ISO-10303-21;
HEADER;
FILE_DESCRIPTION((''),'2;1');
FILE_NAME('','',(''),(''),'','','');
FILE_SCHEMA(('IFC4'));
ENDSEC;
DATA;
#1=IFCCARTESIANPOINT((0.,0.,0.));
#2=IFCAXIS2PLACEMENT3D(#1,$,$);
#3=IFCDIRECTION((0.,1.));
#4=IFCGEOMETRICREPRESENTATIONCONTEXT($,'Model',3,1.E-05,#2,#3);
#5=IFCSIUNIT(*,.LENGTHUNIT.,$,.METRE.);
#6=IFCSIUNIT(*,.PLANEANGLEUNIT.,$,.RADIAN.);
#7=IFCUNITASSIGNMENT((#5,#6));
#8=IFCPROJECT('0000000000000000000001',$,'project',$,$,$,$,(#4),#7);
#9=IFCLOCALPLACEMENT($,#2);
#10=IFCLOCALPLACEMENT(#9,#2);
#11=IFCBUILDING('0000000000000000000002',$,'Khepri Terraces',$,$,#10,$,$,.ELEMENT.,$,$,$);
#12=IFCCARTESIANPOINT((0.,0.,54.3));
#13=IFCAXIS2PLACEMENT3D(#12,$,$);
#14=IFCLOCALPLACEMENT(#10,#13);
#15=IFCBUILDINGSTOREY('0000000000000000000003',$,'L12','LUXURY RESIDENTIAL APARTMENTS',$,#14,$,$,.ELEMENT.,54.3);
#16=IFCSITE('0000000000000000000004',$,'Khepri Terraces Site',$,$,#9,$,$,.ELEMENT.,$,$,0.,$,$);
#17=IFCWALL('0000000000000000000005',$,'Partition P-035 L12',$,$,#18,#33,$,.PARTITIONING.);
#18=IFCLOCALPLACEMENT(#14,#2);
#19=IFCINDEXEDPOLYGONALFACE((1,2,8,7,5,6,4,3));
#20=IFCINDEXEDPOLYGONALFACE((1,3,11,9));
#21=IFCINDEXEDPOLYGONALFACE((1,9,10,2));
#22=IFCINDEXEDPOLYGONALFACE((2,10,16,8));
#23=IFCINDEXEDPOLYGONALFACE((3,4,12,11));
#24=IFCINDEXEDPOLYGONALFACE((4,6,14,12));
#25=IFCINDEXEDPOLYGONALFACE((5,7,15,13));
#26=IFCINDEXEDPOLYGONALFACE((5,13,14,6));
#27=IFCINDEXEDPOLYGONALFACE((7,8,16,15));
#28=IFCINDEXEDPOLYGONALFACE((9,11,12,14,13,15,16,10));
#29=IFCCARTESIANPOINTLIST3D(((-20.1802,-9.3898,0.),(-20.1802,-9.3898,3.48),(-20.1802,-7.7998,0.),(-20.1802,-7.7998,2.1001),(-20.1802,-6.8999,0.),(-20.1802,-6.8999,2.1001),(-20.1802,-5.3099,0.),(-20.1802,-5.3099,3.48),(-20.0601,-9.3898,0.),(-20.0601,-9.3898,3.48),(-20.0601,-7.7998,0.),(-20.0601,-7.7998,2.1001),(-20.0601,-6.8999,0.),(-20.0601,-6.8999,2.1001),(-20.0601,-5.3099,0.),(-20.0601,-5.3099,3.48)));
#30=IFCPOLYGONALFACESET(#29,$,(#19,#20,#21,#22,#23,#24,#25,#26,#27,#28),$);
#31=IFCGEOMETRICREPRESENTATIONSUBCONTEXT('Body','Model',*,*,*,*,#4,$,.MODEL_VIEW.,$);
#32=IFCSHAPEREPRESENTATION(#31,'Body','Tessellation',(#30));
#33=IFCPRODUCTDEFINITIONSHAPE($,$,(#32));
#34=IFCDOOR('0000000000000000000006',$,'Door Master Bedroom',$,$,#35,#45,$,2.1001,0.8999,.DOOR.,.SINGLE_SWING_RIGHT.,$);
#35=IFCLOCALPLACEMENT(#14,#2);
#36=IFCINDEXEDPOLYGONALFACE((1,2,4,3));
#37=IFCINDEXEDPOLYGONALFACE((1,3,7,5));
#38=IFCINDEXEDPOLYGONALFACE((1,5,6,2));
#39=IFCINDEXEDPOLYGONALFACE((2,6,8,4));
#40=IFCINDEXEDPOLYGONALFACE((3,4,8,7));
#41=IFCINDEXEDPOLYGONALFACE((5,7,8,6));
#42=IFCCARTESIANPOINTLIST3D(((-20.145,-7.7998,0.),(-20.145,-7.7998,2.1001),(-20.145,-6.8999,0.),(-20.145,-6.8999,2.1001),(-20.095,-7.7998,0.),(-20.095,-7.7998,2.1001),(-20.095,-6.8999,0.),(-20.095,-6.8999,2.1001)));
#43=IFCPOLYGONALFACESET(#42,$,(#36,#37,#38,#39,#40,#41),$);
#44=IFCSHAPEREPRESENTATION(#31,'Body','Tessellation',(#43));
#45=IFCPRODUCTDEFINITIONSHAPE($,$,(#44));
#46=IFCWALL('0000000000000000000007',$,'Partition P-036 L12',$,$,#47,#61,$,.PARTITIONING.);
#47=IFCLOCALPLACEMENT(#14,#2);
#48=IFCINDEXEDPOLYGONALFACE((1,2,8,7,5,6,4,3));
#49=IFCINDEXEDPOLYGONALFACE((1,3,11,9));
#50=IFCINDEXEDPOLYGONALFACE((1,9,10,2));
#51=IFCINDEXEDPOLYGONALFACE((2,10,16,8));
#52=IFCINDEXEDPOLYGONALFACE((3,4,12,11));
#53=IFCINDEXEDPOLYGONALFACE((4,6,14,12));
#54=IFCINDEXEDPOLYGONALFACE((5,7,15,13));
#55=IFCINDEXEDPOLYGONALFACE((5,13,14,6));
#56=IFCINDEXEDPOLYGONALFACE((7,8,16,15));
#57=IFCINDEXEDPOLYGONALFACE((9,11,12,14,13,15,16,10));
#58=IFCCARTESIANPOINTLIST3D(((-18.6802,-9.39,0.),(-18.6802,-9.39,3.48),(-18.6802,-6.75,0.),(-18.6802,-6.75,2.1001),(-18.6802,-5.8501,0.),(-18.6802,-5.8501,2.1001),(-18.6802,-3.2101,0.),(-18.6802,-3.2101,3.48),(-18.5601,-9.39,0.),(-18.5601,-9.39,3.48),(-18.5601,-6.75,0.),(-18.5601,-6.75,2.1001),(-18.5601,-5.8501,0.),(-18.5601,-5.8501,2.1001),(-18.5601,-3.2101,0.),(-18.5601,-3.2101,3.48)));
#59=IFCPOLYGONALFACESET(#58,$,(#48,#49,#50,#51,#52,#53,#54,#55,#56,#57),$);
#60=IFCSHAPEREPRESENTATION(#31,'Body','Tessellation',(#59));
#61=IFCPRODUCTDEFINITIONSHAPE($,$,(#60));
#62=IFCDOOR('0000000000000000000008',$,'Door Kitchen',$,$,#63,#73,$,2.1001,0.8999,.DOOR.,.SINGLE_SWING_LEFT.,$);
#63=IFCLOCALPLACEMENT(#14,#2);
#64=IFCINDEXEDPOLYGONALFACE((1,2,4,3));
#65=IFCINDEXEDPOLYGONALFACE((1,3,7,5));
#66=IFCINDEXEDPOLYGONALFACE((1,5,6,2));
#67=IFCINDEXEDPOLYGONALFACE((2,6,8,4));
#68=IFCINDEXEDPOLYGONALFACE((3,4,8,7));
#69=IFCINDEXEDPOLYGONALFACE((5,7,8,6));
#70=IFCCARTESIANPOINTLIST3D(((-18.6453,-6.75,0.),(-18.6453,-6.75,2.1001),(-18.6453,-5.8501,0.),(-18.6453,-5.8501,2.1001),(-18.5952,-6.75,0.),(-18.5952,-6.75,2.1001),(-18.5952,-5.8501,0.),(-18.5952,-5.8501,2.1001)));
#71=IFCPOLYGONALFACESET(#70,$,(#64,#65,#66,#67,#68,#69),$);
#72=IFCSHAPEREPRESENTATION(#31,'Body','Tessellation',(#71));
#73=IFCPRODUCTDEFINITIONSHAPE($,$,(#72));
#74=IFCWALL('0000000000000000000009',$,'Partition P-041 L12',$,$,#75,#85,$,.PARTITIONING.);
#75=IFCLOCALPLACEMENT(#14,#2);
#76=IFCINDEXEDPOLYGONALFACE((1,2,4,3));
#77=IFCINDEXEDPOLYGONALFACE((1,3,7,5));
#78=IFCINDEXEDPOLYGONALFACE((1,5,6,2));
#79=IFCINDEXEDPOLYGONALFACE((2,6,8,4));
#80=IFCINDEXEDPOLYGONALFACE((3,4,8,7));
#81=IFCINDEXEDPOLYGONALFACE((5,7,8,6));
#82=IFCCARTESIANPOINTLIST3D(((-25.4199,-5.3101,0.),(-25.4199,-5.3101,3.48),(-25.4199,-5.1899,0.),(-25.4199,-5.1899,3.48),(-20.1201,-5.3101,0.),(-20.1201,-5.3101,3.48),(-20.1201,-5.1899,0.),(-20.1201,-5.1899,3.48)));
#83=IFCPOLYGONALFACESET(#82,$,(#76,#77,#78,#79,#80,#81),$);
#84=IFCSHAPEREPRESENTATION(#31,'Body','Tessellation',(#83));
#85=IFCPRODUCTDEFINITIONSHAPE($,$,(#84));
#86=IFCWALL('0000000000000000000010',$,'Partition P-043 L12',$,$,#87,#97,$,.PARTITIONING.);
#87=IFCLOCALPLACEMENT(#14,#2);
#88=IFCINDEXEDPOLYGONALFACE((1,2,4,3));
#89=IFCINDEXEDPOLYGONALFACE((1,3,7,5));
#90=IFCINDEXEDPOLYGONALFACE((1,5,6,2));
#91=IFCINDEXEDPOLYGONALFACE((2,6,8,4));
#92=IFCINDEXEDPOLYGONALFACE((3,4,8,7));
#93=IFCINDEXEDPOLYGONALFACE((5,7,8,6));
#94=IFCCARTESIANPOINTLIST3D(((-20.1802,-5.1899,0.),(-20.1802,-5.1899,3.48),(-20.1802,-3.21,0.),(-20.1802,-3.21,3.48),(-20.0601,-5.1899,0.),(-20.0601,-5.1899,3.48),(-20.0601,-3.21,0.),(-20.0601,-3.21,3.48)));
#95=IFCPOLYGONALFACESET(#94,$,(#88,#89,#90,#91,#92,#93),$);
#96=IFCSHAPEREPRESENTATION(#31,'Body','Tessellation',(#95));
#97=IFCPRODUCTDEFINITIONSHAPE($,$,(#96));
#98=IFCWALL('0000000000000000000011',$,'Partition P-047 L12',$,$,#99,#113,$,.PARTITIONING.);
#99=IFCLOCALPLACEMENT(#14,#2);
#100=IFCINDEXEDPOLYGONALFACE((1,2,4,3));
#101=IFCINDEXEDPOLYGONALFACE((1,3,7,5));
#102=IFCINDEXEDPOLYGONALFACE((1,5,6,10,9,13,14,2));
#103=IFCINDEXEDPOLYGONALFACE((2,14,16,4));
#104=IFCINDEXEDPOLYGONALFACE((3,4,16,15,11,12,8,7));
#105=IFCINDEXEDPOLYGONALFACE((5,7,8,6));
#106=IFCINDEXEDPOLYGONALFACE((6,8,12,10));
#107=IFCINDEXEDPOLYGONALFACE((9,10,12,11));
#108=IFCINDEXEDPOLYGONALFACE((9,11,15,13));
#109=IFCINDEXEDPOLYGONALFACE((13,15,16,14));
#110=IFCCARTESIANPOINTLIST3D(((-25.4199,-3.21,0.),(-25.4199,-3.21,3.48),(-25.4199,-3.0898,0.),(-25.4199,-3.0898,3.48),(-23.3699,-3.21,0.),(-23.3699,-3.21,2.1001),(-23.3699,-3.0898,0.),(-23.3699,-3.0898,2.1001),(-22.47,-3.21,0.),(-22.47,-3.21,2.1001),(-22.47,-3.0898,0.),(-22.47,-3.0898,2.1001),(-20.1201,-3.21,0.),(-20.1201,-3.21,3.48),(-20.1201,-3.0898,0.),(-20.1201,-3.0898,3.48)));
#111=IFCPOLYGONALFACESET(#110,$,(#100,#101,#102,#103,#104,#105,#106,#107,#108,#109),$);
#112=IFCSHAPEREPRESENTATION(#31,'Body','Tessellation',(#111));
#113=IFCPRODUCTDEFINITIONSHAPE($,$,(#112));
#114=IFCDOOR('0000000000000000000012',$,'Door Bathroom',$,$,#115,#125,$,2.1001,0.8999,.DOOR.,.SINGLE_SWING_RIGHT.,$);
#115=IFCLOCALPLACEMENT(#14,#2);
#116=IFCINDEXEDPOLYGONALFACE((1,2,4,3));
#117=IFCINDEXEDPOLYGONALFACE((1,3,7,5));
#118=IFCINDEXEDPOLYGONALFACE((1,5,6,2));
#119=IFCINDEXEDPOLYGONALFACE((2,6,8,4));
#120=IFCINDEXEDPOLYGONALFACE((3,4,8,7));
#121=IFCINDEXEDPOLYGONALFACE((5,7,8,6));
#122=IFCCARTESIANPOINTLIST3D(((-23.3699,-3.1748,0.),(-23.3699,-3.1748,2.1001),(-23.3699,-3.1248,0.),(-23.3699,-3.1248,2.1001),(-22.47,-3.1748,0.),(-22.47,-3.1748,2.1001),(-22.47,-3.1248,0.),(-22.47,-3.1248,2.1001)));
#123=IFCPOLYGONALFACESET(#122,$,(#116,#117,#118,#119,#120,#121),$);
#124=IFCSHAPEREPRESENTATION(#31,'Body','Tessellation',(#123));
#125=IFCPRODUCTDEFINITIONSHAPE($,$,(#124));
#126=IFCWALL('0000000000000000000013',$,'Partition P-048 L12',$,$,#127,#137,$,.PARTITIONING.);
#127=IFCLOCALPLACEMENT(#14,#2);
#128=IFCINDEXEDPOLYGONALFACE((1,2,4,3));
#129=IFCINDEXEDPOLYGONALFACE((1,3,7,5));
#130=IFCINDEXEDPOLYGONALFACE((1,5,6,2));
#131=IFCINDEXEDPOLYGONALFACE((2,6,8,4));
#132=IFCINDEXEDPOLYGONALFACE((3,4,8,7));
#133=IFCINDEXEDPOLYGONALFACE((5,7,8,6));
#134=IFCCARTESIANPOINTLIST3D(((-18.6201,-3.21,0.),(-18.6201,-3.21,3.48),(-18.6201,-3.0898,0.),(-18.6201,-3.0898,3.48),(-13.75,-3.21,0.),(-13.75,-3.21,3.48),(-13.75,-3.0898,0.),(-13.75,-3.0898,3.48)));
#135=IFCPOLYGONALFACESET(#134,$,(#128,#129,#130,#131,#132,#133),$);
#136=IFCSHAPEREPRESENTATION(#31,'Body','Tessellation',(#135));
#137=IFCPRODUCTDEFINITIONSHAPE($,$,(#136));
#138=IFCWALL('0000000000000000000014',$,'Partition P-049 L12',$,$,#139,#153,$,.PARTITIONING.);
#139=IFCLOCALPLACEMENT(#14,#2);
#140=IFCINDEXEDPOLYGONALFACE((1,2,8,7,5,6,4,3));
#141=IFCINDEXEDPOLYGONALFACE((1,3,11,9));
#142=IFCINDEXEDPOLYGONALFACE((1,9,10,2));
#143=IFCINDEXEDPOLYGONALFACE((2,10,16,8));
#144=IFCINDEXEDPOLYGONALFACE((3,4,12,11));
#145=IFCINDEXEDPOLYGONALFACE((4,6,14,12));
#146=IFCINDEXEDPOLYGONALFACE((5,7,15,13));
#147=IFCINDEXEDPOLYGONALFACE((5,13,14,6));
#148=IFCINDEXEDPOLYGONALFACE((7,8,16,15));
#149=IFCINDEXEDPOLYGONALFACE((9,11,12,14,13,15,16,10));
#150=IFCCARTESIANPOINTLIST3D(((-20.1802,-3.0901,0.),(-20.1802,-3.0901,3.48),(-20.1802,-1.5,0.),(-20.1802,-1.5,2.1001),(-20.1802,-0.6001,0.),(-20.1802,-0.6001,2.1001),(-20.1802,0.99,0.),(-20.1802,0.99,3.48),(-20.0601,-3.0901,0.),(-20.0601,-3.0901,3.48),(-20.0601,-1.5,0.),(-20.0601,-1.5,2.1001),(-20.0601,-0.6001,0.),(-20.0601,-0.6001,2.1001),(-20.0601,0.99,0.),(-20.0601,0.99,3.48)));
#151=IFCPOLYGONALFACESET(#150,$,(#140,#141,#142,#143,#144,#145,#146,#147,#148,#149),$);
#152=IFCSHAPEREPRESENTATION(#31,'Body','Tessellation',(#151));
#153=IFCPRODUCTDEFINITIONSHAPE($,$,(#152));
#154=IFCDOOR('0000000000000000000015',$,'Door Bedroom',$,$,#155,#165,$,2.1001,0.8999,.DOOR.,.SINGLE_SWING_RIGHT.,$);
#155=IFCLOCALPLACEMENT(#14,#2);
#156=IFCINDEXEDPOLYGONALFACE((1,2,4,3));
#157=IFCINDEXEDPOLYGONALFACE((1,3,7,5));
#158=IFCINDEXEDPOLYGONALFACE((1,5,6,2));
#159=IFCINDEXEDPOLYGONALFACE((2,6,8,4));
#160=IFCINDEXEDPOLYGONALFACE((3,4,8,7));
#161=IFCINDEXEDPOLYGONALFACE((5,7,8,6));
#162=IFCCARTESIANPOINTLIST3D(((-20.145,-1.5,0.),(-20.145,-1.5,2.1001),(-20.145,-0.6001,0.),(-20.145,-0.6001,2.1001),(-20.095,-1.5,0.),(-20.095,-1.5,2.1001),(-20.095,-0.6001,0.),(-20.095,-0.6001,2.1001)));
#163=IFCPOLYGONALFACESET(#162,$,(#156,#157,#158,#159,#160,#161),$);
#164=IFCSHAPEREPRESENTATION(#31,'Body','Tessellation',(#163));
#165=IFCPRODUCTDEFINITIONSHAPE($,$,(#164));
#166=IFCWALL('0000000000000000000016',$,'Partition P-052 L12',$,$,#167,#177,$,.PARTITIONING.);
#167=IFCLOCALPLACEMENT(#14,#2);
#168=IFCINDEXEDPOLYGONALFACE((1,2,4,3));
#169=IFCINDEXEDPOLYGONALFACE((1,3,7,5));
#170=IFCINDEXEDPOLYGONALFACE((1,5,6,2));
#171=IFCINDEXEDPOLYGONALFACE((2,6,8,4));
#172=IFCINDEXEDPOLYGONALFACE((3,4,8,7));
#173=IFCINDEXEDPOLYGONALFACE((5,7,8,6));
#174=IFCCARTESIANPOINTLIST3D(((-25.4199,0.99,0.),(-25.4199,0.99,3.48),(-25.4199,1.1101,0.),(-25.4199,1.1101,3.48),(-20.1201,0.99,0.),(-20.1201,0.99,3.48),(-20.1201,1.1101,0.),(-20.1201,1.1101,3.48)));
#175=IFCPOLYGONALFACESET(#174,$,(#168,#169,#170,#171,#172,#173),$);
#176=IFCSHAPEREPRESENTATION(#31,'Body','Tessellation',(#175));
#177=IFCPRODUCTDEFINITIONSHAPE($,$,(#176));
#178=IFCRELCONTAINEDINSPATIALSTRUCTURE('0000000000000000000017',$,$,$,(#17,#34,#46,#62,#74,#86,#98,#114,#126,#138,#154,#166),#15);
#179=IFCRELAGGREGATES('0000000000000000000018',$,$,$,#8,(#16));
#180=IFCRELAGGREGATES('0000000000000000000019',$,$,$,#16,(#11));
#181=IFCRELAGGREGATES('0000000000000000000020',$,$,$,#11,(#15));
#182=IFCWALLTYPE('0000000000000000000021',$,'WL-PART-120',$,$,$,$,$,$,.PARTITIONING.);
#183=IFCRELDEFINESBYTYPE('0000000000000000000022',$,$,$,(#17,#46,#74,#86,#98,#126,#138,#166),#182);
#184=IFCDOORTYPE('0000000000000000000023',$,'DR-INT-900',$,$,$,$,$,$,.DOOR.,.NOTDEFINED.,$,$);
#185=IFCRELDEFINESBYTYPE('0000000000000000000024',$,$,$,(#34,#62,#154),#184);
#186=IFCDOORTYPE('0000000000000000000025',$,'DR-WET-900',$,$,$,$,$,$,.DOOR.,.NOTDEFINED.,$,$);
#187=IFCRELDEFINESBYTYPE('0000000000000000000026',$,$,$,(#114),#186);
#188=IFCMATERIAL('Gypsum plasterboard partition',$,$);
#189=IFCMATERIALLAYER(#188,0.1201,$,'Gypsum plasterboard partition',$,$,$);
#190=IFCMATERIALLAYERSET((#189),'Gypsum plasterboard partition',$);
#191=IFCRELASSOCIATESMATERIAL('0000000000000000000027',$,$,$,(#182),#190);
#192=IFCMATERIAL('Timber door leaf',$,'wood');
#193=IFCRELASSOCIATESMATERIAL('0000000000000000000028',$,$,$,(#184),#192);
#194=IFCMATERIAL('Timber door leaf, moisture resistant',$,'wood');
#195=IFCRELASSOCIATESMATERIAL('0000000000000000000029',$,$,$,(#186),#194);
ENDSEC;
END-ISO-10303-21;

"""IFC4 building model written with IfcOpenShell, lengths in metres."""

from ifc_helpers import new_model, si_unit, direction, frame, frame_2d, origin, place, context, subcontext, project, spatial, rectangle, extrude, material, layer, layer_set, type_object, element, fill, save


model = new_model("IFC4")

# Units and contexts
model_context = context("Model", 3, precision=1e-05, world=origin(), true_north=direction((0.0, 1.0)))
body_context = subcontext(model_context, "Body", "Model", "MODEL_VIEW")
ifc_project = project(units=[si_unit("LENGTHUNIT", "METRE"), si_unit("PLANEANGLEUNIT", "RADIAN")], contexts=[model_context])

# Site, building, storey
site_placement = place(None, origin())
site = spatial("IfcSite", under=ifc_project, at=site_placement, Name="Khepri Terraces Site", CompositionType="ELEMENT", RefElevation=0.0)
building_placement = place(site_placement, origin())
building = spatial("IfcBuilding", under=site, at=building_placement, Name="Khepri Terraces", CompositionType="ELEMENT")
storey_placement = place(building_placement, frame((0.0, 0.0, 54.3)))
storey = spatial("IfcBuildingStorey", under=building, at=storey_placement, Name="L12", Description="LUXURY RESIDENTIAL APARTMENTS", CompositionType="ELEMENT", Elevation=54.3)

# Shared definitions
ifc_material_1 = material(Name="Gypsum plasterboard partition")
ifc_layer_1 = layer(ifc_material_1, 0.1201, Name="Gypsum plasterboard partition")
ifc_layer_set_1 = layer_set([ifc_layer_1], Name="Gypsum plasterboard partition")
wall_type_1 = type_object("IfcWallType", Name="WL-PART-120", PredefinedType="PARTITIONING", material=ifc_layer_set_1)
ifc_material_2 = material(Name="Timber door leaf", Category="wood")
door_type_1 = type_object("IfcDoorType", Name="DR-INT-900", OperationType="NOTDEFINED", PredefinedType="DOOR", material=ifc_material_2)

# Walls, openings, doors
wall_1_placement = place(storey_placement, frame((-20.1201, -9.3899, 0.0), z_axis=(0.0, 0.0, 1.0), x_axis=(0.0, 1.0, 0.0)))
wall_1 = element("IfcWall", 1, at=wall_1_placement, inside=storey, type_object=wall_type_1, Name="Partition P-035 L12", PredefinedType="PARTITIONING", context=body_context, shape_type="SweptSolid", body=[
    extrude(rectangle(XDim=4.0798, YDim=0.1201, at=frame_2d((2.04, 0.0))), origin(), (0.0, 0.0, 1.0), 3.48),
])
opening_1_placement = place(wall_1_placement, frame((1.5901, 0.0, 0.0)))
opening_1 = element("IfcOpeningElement", 2, at=opening_1_placement, cuts=wall_1, PredefinedType="OPENING", context=body_context, shape_type="SweptSolid", body=[
    extrude(rectangle(XDim=0.8999, YDim=2.1001, at=frame_2d((0.45, 1.05))), frame((0.0, 0.0701, 0.0), z_axis=(0.0, -1.0, 0.0), x_axis=(1.0, 0.0, 0.0)), (0.0, 0.0, 1.0), 0.1401),
])
door_1_placement = place(opening_1_placement, origin())
door_1 = element("IfcDoor", 3, at=door_1_placement, inside=storey, type_object=door_type_1, Name="Door Master Bedroom", OperationType="SINGLE_SWING_RIGHT", OverallHeight=2.1001, OverallWidth=0.8999, PredefinedType="DOOR", context=body_context, shape_type="SweptSolid", body=[
    extrude(rectangle(XDim=0.8999, YDim=2.1001, at=frame_2d((0.45, 1.05))), frame((0.0, 0.0249, 0.0), z_axis=(0.0, -1.0, 0.0), x_axis=(1.0, 0.0, 0.0)), (0.0, 0.0, 1.0), 0.05),
])
fill(opening_1, door_1)
wall_2_placement = place(storey_placement, frame((-18.6201, -9.3899, 0.0), z_axis=(0.0, 0.0, 1.0), x_axis=(0.0, 1.0, 0.0)))
wall_2 = element("IfcWall", 4, at=wall_2_placement, inside=storey, type_object=wall_type_1, Name="Partition P-036 L12", PredefinedType="PARTITIONING", context=body_context, shape_type="SweptSolid", body=[
    extrude(rectangle(XDim=6.1799, YDim=0.1201, at=frame_2d((3.0898, 0.0))), origin(), (0.0, 0.0, 1.0), 3.48),
])
opening_2_placement = place(wall_2_placement, frame((2.6399, 0.0, 0.0)))
opening_2 = element("IfcOpeningElement", 5, at=opening_2_placement, cuts=wall_2, PredefinedType="OPENING", context=body_context, shape_type="SweptSolid", body=[
    extrude(rectangle(XDim=0.8999, YDim=2.1001, at=frame_2d((0.45, 1.05))), frame((0.0, 0.0701, 0.0), z_axis=(0.0, -1.0, 0.0), x_axis=(1.0, 0.0, 0.0)), (0.0, 0.0, 1.0), 0.1401),
])
door_2_placement = place(opening_2_placement, frame((0.8999, 0.0, 0.0), z_axis=(0.0, 0.0, 1.0), x_axis=(-1.0, 0.0, 0.0)))
door_2 = element("IfcDoor", 6, at=door_2_placement, inside=storey, type_object=door_type_1, Name="Door Kitchen", OperationType="SINGLE_SWING_LEFT", OverallHeight=2.1001, OverallWidth=0.8999, PredefinedType="DOOR", context=body_context, shape_type="SweptSolid", body=[
    extrude(rectangle(XDim=0.8999, YDim=2.1001, at=frame_2d((0.45, 1.05))), frame((0.0, 0.0249, 0.0), z_axis=(0.0, -1.0, 0.0), x_axis=(1.0, 0.0, 0.0)), (0.0, 0.0, 1.0), 0.05),
])
fill(opening_2, door_2)

# Walls
wall_3_placement = place(storey_placement, frame((-25.4199, -5.25, 0.0), z_axis=(0.0, 0.0, 1.0), x_axis=(1.0, 0.0, 0.0)))
element("IfcWall", 7, at=wall_3_placement, inside=storey, type_object=wall_type_1, Name="Partition P-041 L12", PredefinedType="PARTITIONING", context=body_context, shape_type="SweptSolid", body=[
    extrude(rectangle(XDim=5.2998, YDim=0.1201, at=frame_2d((2.6499, 0.0))), origin(), (0.0, 0.0, 1.0), 3.48),
])
wall_4_placement = place(storey_placement, frame((-20.1201, -5.1899, 0.0), z_axis=(0.0, 0.0, 1.0), x_axis=(0.0, 1.0, 0.0)))
element("IfcWall", 8, at=wall_4_placement, inside=storey, type_object=wall_type_1, Name="Partition P-043 L12", PredefinedType="PARTITIONING", context=body_context, shape_type="SweptSolid", body=[
    extrude(rectangle(XDim=1.98, YDim=0.1201, at=frame_2d((0.99, 0.0))), origin(), (0.0, 0.0, 1.0), 3.48),
])

# Wall, opening, door
wall_5_placement = place(storey_placement, frame((-25.4199, -3.1499, 0.0), z_axis=(0.0, 0.0, 1.0), x_axis=(1.0, 0.0, 0.0)))
wall_5 = element("IfcWall", 9, at=wall_5_placement, inside=storey, type_object=wall_type_1, Name="Partition P-047 L12", PredefinedType="PARTITIONING", context=body_context, shape_type="SweptSolid", body=[
    extrude(rectangle(XDim=5.2998, YDim=0.1201, at=frame_2d((2.6499, 0.0))), origin(), (0.0, 0.0, 1.0), 3.48),
])
opening_3_placement = place(wall_5_placement, frame((2.05, 0.0, 0.0)))
opening_3 = element("IfcOpeningElement", 10, at=opening_3_placement, cuts=wall_5, PredefinedType="OPENING", context=body_context, shape_type="SweptSolid", body=[
    extrude(rectangle(XDim=0.8999, YDim=2.1001, at=frame_2d((0.45, 1.05))), frame((0.0, 0.0701, 0.0), z_axis=(0.0, -1.0, 0.0), x_axis=(1.0, 0.0, 0.0)), (0.0, 0.0, 1.0), 0.1401),
])
ifc_material_3 = material(Name="Timber door leaf, moisture resistant", Category="wood")
door_type_2 = type_object("IfcDoorType", Name="DR-WET-900", OperationType="NOTDEFINED", PredefinedType="DOOR", material=ifc_material_3)
door_3_placement = place(opening_3_placement, frame((0.8999, 0.0, 0.0), z_axis=(0.0, 0.0, 1.0), x_axis=(-1.0, 0.0, 0.0)))
door_3 = element("IfcDoor", 11, at=door_3_placement, inside=storey, type_object=door_type_2, Name="Door Bathroom", OperationType="SINGLE_SWING_RIGHT", OverallHeight=2.1001, OverallWidth=0.8999, PredefinedType="DOOR", context=body_context, shape_type="SweptSolid", body=[
    extrude(rectangle(XDim=0.8999, YDim=2.1001, at=frame_2d((0.45, 1.05))), frame((0.0, 0.0249, 0.0), z_axis=(0.0, -1.0, 0.0), x_axis=(1.0, 0.0, 0.0)), (0.0, 0.0, 1.0), 0.05),
])
fill(opening_3, door_3)

# Wall
wall_6_placement = place(storey_placement, frame((-18.6201, -3.1499, 0.0), z_axis=(0.0, 0.0, 1.0), x_axis=(1.0, 0.0, 0.0)))
element("IfcWall", 12, at=wall_6_placement, inside=storey, type_object=wall_type_1, Name="Partition P-048 L12", PredefinedType="PARTITIONING", context=body_context, shape_type="SweptSolid", body=[
    extrude(rectangle(XDim=4.8701, YDim=0.1201, at=frame_2d((2.4351, 0.0))), origin(), (0.0, 0.0, 1.0), 3.48),
])

# Wall, opening, door
wall_7_placement = place(storey_placement, frame((-20.1201, -3.0901, 0.0), z_axis=(0.0, 0.0, 1.0), x_axis=(0.0, 1.0, 0.0)))
wall_7 = element("IfcWall", 13, at=wall_7_placement, inside=storey, type_object=wall_type_1, Name="Partition P-049 L12", PredefinedType="PARTITIONING", context=body_context, shape_type="SweptSolid", body=[
    extrude(rectangle(XDim=4.0801, YDim=0.1201, at=frame_2d((2.04, 0.0))), origin(), (0.0, 0.0, 1.0), 3.48),
])
opening_4_placement = place(wall_7_placement, frame((1.5901, 0.0, 0.0)))
opening_4 = element("IfcOpeningElement", 14, at=opening_4_placement, cuts=wall_7, PredefinedType="OPENING", context=body_context, shape_type="SweptSolid", body=[
    extrude(rectangle(XDim=0.8999, YDim=2.1001, at=frame_2d((0.45, 1.05))), frame((0.0, 0.0701, 0.0), z_axis=(0.0, -1.0, 0.0), x_axis=(1.0, 0.0, 0.0)), (0.0, 0.0, 1.0), 0.1401),
])
door_4_placement = place(opening_4_placement, origin())
door_4 = element("IfcDoor", 15, at=door_4_placement, inside=storey, type_object=door_type_1, Name="Door Bedroom", OperationType="SINGLE_SWING_RIGHT", OverallHeight=2.1001, OverallWidth=0.8999, PredefinedType="DOOR", context=body_context, shape_type="SweptSolid", body=[
    extrude(rectangle(XDim=0.8999, YDim=2.1001, at=frame_2d((0.45, 1.05))), frame((0.0, 0.0249, 0.0), z_axis=(0.0, -1.0, 0.0), x_axis=(1.0, 0.0, 0.0)), (0.0, 0.0, 1.0), 0.05),
])
fill(opening_4, door_4)

# Wall
wall_8_placement = place(storey_placement, frame((-25.4199, 1.05, 0.0), z_axis=(0.0, 0.0, 1.0), x_axis=(1.0, 0.0, 0.0)))
element("IfcWall", 16, at=wall_8_placement, inside=storey, type_object=wall_type_1, Name="Partition P-052 L12", PredefinedType="PARTITIONING", context=body_context, shape_type="SweptSolid", body=[
    extrude(rectangle(XDim=5.2998, YDim=0.1201, at=frame_2d((2.6499, 0.0))), origin(), (0.0, 0.0, 1.0), 3.48),
])

save(model, "model.ifc")
